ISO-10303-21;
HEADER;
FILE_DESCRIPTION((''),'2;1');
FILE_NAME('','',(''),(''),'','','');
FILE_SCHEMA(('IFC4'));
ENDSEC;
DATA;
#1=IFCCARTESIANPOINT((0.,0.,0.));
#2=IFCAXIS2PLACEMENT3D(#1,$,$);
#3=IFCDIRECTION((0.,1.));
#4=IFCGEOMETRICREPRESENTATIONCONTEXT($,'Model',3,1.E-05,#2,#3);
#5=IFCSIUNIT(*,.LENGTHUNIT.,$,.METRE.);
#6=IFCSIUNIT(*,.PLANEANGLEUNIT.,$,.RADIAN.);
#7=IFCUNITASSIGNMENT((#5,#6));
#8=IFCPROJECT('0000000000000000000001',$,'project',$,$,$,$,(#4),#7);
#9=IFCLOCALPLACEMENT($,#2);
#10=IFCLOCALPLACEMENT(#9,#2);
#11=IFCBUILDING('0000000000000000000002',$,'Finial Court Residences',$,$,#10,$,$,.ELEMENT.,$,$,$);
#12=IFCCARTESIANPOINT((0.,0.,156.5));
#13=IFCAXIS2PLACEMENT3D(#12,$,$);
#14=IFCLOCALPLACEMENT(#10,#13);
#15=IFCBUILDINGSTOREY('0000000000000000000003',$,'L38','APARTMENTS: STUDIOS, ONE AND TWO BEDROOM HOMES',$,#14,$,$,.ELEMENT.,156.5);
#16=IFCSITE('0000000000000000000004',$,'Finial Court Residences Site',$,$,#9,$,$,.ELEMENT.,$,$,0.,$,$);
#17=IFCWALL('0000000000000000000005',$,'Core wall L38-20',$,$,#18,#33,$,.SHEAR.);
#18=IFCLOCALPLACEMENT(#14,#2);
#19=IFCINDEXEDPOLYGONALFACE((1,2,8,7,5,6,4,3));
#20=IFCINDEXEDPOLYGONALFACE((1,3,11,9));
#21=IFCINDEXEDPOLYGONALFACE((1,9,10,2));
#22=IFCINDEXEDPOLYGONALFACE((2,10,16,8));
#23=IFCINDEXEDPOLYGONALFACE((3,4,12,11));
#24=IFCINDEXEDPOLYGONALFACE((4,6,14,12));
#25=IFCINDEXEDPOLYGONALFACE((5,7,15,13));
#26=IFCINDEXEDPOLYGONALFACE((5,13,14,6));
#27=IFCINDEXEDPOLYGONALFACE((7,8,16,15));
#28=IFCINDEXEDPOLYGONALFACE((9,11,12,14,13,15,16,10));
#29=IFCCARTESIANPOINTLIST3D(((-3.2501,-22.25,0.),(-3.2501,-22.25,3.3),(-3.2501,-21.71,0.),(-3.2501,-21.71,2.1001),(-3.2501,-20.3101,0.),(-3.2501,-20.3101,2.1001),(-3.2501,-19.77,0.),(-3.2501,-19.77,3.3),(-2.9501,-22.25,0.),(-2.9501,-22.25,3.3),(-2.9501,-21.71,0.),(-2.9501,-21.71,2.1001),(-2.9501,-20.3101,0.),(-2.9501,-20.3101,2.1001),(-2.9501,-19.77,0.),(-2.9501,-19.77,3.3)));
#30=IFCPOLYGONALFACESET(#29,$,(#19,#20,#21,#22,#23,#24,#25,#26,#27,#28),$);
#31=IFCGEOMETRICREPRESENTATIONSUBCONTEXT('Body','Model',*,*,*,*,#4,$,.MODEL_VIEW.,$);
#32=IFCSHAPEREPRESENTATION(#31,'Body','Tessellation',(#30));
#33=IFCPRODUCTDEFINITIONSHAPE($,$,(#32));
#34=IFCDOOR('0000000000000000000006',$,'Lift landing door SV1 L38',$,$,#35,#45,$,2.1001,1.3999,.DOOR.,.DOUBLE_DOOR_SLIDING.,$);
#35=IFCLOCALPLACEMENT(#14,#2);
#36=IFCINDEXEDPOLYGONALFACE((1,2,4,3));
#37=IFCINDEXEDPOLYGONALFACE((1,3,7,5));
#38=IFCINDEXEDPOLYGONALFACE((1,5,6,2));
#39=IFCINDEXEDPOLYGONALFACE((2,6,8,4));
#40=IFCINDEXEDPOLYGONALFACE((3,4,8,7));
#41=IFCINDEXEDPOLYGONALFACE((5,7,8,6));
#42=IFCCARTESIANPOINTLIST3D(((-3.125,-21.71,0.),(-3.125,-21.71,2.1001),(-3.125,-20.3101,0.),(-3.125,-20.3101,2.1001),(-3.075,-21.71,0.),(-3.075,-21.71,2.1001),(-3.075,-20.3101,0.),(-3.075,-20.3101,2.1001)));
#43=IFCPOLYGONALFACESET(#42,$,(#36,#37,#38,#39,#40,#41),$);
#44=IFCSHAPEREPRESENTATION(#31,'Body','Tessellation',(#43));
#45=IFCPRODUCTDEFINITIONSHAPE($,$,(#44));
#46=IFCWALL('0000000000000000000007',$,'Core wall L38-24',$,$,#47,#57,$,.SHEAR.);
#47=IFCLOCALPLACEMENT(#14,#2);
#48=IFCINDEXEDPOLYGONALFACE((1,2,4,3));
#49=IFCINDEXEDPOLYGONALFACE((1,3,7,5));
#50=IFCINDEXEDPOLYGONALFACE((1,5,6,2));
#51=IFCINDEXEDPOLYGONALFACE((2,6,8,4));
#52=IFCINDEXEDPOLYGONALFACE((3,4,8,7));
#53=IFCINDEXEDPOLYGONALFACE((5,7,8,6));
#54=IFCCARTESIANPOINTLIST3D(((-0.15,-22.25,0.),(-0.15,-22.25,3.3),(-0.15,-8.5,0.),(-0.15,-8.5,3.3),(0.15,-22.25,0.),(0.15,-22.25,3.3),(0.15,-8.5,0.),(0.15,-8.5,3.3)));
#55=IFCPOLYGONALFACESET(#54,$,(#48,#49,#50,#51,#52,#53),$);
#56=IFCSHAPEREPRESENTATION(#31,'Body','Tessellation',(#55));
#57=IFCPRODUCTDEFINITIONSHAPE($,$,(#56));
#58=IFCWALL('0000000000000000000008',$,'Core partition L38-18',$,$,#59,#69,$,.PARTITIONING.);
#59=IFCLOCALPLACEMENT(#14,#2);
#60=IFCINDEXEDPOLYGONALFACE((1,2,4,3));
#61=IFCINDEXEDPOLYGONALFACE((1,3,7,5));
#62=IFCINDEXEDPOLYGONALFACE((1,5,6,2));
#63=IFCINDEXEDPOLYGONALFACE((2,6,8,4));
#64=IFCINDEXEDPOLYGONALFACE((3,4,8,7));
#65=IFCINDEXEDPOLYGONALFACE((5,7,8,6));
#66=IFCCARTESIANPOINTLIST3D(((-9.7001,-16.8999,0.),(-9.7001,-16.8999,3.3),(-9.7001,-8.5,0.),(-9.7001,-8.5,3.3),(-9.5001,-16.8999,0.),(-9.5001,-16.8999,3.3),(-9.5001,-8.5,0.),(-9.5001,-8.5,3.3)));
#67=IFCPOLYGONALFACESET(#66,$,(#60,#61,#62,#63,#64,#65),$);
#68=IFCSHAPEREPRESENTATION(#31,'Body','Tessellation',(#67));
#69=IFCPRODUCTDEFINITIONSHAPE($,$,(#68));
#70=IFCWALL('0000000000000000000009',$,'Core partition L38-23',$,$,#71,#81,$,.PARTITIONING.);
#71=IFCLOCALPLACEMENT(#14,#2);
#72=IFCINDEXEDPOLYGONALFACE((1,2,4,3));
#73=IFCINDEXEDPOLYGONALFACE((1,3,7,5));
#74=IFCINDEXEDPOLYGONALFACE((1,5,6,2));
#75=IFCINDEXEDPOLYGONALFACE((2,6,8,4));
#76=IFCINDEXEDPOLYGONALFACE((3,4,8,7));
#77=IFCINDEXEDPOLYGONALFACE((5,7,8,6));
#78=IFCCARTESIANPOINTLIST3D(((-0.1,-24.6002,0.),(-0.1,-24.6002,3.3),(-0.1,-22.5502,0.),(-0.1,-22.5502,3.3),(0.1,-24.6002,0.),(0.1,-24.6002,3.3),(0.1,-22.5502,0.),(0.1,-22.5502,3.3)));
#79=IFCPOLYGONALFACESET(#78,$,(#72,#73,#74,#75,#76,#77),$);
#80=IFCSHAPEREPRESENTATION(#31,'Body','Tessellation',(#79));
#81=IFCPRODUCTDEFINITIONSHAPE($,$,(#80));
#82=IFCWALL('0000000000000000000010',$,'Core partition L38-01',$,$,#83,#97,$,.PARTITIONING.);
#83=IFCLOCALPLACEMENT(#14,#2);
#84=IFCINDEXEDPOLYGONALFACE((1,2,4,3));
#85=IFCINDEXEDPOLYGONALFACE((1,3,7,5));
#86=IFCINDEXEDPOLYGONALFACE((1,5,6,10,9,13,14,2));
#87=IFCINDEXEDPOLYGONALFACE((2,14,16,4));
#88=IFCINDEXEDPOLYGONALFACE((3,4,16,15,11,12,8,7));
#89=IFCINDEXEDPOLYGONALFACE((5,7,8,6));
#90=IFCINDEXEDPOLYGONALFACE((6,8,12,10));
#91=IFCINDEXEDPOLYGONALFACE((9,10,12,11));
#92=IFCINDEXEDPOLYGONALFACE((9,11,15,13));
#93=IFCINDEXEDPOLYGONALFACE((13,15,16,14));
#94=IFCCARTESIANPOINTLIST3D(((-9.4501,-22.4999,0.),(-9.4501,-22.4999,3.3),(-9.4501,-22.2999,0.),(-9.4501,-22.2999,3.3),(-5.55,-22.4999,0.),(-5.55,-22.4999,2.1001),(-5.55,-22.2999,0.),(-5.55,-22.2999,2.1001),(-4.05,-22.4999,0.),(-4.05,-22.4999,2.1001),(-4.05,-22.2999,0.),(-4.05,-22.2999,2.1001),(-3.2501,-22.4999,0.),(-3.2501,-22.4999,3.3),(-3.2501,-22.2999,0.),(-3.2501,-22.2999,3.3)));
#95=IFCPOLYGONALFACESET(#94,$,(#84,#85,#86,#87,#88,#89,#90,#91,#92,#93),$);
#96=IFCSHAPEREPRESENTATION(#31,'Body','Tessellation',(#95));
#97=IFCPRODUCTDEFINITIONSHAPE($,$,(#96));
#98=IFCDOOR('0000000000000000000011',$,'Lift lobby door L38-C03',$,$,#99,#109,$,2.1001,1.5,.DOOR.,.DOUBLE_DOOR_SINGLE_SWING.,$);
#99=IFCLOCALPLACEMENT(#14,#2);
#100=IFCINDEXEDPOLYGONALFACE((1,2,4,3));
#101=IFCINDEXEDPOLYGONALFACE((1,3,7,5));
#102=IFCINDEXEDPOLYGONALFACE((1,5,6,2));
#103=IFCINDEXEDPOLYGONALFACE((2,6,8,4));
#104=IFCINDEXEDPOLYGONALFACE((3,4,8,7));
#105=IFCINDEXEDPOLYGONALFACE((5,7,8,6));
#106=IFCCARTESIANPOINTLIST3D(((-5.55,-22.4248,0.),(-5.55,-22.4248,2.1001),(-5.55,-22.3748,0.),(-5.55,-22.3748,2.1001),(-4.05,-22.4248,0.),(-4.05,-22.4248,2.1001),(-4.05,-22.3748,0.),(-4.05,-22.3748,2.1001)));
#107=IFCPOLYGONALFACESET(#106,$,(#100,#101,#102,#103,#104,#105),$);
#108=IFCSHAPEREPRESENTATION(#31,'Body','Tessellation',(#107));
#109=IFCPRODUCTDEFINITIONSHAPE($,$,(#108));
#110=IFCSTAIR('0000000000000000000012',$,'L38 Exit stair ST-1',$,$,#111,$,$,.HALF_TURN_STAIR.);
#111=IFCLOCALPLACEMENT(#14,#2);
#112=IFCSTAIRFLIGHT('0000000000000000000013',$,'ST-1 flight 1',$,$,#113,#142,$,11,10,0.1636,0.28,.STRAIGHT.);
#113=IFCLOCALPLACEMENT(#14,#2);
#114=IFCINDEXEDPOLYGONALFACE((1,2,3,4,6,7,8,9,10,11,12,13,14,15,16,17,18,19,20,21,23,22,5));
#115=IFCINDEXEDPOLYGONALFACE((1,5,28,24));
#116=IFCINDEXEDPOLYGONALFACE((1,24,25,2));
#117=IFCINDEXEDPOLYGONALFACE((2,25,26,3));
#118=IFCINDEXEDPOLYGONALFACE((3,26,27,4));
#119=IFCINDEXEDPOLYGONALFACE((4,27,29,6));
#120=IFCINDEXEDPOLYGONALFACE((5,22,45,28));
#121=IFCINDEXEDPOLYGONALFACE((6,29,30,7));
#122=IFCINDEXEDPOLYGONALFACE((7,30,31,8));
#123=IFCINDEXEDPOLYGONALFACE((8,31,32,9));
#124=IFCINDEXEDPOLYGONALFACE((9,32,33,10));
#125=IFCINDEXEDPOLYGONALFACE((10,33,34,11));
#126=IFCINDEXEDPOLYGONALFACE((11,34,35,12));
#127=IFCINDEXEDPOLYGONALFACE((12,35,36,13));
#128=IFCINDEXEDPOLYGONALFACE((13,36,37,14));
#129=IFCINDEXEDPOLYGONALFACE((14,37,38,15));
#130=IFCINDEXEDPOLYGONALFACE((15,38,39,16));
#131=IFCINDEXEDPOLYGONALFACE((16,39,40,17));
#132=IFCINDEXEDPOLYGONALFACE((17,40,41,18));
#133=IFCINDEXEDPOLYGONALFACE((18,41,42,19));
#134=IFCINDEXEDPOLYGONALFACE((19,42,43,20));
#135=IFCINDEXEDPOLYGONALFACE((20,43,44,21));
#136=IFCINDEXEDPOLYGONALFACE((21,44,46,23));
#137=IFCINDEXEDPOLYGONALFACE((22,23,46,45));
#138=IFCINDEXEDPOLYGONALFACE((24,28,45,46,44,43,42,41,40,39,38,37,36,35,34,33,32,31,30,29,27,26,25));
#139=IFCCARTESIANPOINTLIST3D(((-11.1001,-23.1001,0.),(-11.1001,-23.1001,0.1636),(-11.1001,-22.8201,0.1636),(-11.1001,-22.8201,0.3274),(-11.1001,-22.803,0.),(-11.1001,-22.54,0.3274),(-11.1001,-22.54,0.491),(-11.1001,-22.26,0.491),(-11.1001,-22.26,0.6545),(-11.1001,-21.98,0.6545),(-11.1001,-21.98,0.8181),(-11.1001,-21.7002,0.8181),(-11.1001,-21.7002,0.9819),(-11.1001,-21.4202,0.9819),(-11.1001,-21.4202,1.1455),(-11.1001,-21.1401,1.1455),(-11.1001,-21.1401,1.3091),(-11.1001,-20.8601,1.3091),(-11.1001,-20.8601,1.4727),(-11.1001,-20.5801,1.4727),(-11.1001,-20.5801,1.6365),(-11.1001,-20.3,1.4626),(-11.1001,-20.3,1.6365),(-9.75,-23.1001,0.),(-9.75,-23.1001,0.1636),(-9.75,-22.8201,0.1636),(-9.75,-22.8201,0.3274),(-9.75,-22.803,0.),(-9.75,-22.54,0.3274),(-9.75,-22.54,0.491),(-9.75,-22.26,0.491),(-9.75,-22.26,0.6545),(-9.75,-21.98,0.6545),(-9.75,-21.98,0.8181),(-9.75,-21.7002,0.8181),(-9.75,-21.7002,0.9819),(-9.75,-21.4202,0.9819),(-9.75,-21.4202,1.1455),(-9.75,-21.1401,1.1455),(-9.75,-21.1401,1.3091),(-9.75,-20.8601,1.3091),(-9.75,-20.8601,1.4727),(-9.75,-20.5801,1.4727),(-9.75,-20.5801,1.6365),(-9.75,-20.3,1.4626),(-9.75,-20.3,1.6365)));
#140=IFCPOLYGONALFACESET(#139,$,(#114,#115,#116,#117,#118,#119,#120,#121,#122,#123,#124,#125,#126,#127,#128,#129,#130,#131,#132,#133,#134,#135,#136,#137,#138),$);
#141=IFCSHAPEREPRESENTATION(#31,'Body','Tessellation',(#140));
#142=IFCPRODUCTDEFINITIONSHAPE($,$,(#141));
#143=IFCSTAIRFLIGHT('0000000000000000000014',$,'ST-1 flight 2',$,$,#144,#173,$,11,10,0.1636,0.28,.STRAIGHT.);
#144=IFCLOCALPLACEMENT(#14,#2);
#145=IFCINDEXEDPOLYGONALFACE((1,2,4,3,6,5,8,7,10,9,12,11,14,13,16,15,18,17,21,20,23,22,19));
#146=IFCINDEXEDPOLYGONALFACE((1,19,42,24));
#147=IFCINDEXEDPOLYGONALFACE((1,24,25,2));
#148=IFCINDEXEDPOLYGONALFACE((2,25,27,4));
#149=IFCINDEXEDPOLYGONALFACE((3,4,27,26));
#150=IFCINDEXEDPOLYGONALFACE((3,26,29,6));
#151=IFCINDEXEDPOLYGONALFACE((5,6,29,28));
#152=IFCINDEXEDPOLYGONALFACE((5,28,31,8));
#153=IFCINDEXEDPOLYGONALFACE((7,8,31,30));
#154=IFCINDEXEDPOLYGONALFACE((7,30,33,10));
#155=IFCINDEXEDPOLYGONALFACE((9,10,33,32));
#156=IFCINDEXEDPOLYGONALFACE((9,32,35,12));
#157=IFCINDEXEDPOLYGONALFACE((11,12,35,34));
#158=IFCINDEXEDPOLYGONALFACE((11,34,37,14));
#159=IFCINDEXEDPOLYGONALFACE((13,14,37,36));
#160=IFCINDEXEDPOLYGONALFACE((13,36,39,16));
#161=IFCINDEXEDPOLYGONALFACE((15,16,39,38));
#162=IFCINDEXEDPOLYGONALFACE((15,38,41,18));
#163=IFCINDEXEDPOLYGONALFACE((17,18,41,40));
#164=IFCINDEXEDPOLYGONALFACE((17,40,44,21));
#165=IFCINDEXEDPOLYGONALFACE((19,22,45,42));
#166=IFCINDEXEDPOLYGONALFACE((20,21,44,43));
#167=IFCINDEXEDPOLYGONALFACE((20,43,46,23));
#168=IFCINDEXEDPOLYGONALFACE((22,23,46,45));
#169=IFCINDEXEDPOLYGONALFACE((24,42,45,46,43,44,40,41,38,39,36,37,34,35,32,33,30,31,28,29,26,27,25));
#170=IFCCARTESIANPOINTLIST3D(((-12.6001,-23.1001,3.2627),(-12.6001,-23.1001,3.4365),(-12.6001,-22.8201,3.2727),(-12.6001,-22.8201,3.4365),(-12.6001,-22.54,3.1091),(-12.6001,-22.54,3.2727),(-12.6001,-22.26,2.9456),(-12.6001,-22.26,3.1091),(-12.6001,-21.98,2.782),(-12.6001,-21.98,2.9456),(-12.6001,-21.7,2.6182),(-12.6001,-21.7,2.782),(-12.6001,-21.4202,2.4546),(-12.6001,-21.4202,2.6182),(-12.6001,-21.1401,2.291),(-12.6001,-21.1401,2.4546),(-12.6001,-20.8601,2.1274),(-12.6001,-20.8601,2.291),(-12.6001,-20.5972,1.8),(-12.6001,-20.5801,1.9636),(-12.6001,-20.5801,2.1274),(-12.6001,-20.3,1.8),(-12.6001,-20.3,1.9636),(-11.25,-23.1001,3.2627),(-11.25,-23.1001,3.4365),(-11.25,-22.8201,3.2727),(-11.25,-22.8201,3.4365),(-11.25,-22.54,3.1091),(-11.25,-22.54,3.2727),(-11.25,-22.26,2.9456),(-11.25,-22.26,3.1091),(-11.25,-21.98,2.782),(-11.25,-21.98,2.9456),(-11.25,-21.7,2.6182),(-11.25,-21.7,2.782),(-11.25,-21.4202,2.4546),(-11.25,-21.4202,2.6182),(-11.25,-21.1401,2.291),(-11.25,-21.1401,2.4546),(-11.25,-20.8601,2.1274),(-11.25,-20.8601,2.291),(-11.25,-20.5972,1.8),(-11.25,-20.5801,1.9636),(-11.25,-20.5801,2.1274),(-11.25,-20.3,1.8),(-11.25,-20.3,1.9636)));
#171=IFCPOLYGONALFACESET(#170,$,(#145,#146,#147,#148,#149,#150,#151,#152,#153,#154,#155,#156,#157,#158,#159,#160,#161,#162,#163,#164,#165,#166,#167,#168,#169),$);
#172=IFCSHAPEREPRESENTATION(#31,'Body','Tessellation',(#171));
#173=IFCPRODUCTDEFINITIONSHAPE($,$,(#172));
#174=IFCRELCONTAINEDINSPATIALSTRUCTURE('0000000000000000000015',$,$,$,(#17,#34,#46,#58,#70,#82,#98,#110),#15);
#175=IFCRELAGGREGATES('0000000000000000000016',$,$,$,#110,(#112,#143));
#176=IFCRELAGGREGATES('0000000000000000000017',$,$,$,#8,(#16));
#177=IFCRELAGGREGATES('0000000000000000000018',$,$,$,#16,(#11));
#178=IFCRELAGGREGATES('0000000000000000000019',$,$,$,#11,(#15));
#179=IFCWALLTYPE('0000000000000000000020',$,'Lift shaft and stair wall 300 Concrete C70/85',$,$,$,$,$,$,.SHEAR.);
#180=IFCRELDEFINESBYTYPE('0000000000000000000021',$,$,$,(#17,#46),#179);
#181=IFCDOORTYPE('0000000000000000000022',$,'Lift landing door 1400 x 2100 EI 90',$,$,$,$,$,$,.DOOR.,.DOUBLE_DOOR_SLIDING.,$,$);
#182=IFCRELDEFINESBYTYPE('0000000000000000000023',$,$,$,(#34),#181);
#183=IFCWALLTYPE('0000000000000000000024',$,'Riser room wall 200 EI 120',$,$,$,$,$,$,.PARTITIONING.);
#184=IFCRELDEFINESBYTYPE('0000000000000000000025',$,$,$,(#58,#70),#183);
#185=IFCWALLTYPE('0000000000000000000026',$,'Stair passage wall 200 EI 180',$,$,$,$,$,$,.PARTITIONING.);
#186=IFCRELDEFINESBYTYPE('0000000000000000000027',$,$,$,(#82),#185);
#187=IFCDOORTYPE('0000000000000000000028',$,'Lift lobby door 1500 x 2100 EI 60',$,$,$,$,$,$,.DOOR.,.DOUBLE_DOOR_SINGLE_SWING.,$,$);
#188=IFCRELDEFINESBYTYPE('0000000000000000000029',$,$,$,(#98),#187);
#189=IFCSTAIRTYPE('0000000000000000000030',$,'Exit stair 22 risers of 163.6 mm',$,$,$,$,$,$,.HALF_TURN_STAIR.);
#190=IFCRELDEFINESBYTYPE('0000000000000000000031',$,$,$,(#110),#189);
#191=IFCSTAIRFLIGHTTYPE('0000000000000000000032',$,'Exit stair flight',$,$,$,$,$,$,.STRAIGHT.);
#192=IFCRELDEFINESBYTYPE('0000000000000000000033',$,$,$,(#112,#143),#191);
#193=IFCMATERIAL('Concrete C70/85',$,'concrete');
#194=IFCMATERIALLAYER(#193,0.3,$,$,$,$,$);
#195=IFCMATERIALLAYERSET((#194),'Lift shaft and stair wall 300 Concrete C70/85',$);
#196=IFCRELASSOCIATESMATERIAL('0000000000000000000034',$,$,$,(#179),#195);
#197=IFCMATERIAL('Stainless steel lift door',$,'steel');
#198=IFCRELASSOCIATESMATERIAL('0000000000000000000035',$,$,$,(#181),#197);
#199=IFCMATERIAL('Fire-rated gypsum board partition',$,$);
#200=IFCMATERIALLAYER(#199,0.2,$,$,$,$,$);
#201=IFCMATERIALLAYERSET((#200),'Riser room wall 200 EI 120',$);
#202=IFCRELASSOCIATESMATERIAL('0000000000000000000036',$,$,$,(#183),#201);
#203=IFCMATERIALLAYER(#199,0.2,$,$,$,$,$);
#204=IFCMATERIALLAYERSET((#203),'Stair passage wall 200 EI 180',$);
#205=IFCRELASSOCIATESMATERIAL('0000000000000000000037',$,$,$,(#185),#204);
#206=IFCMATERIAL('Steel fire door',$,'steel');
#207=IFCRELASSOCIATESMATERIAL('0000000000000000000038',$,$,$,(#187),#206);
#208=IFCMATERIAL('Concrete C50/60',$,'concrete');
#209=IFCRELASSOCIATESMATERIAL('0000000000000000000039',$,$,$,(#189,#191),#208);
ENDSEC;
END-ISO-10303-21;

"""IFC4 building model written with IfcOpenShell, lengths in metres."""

from ifc_helpers import new_model, si_unit, direction, frame, frame_2d, origin, place, context, subcontext, project, spatial, polyline, rectangle, outline, extrude, material, layer, layer_set, type_object, element, fill, aggregate, save


model = new_model("IFC4")

# Units and contexts
model_context = context("Model", 3, precision=1e-05, world=origin(), true_north=direction((0.0, 1.0)))
body_context = subcontext(model_context, "Body", "Model", "MODEL_VIEW")
ifc_project = project(units=[si_unit("LENGTHUNIT", "METRE"), si_unit("PLANEANGLEUNIT", "RADIAN")], contexts=[model_context])

# Site, building, storey
site_placement = place(None, origin())
site = spatial("IfcSite", under=ifc_project, at=site_placement, Name="Finial Court Residences Site", CompositionType="ELEMENT", RefElevation=0.0)
building_placement = place(site_placement, origin())
building = spatial("IfcBuilding", under=site, at=building_placement, Name="Finial Court Residences", CompositionType="ELEMENT")
storey_placement = place(building_placement, frame((0.0, 0.0, 156.5)))
storey = spatial("IfcBuildingStorey", under=building, at=storey_placement, Name="L38", Description="APARTMENTS: STUDIOS, ONE AND TWO BEDROOM HOMES", CompositionType="ELEMENT", Elevation=156.5)

# Shared definitions
ifc_material_1 = material(Name="Concrete C70/85", Category="concrete")
ifc_material_2 = material(Name="Fire-rated gypsum board partition")

# Shared definitions
ifc_material_3 = material(Name="Steel fire door", Category="steel")

# Shared definitions
ifc_layer_1 = layer(ifc_material_1, 0.3)
ifc_layer_set_1 = layer_set([ifc_layer_1], Name="Lift shaft and stair wall 300 Concrete C70/85")
wall_type_1 = type_object("IfcWallType", Name="Lift shaft and stair wall 300 Concrete C70/85", PredefinedType="SHEAR", material=ifc_layer_set_1)

# Wall, opening, door
wall_1_placement = place(storey_placement, frame((-3.1001, -22.25, 0.0), z_axis=(0.0, 0.0, 1.0), x_axis=(0.0, 1.0, 0.0)))
wall_1 = element("IfcWall", 1, at=wall_1_placement, inside=storey, type_object=wall_type_1, Name="Core wall L38-20", PredefinedType="SHEAR", context=body_context, shape_type="SweptSolid", body=[
    extrude(rectangle(XDim=2.48, YDim=0.3, at=frame_2d((1.24, 0.0))), origin(), (0.0, 0.0, 1.0), 3.3),
])
opening_1_placement = place(wall_1_placement, frame((0.54, 0.0, 0.0)))
opening_1 = element("IfcOpeningElement", 2, at=opening_1_placement, cuts=wall_1, PredefinedType="OPENING", context=body_context, shape_type="SweptSolid", body=[
    extrude(rectangle(XDim=1.3999, YDim=2.1001, at=frame_2d((0.7, 1.05))), frame((0.0, 0.1599, 0.0), z_axis=(0.0, -1.0, 0.0), x_axis=(1.0, 0.0, 0.0)), (0.0, 0.0, 1.0), 0.3201),
])
ifc_material_4 = material(Name="Stainless steel lift door", Category="steel")
door_type_1 = type_object("IfcDoorType", Name="Lift landing door 1400 x 2100 EI 90", OperationType="DOUBLE_DOOR_SLIDING", PredefinedType="DOOR", material=ifc_material_4)
door_1_placement = place(opening_1_placement, origin())
door_1 = element("IfcDoor", 3, at=door_1_placement, inside=storey, type_object=door_type_1, Name="Lift landing door SV1 L38", OperationType="DOUBLE_DOOR_SLIDING", OverallHeight=2.1001, OverallWidth=1.3999, PredefinedType="DOOR", context=body_context, shape_type="SweptSolid", body=[
    extrude(rectangle(XDim=1.3999, YDim=2.1001, at=frame_2d((0.7, 1.05))), frame((0.0, 0.0249, 0.0), z_axis=(0.0, -1.0, 0.0), x_axis=(1.0, 0.0, 0.0)), (0.0, 0.0, 1.0), 0.05),
])
fill(opening_1, door_1)

# Walls
wall_2_placement = place(storey_placement, frame((0.0, -22.25, 0.0), z_axis=(0.0, 0.0, 1.0), x_axis=(0.0, 1.0, 0.0)))
element("IfcWall", 4, at=wall_2_placement, inside=storey, type_object=wall_type_1, Name="Core wall L38-24", PredefinedType="SHEAR", context=body_context, shape_type="SweptSolid", body=[
    extrude(rectangle(XDim=13.75, YDim=0.3, at=frame_2d((6.875, 0.0))), origin(), (0.0, 0.0, 1.0), 3.3),
])
ifc_layer_2 = layer(ifc_material_2, 0.2)
ifc_layer_set_2 = layer_set([ifc_layer_2], Name="Riser room wall 200 EI 120")
wall_type_2 = type_object("IfcWallType", Name="Riser room wall 200 EI 120", PredefinedType="PARTITIONING", material=ifc_layer_set_2)
wall_3_placement = place(storey_placement, frame((-9.6001, -16.8999, 0.0), z_axis=(0.0, 0.0, 1.0), x_axis=(0.0, 1.0, 0.0)))
element("IfcWall", 5, at=wall_3_placement, inside=storey, type_object=wall_type_2, Name="Core partition L38-18", PredefinedType="PARTITIONING", context=body_context, shape_type="SweptSolid", body=[
    extrude(rectangle(XDim=8.3999, YDim=0.2, at=frame_2d((4.2, 0.0))), origin(), (0.0, 0.0, 1.0), 3.3),
])
wall_4_placement = place(storey_placement, frame((0.0, -24.6001, 0.0), z_axis=(0.0, 0.0, 1.0), x_axis=(0.0, 1.0, 0.0)))
element("IfcWall", 6, at=wall_4_placement, inside=storey, type_object=wall_type_2, Name="Core partition L38-23", PredefinedType="PARTITIONING", context=body_context, shape_type="SweptSolid", body=[
    extrude(rectangle(XDim=2.05, YDim=0.2, at=frame_2d((1.0249, 0.0))), origin(), (0.0, 0.0, 1.0), 3.3),
])

# Wall, opening, door
ifc_layer_3 = layer(ifc_material_2, 0.2)
ifc_layer_set_3 = layer_set([ifc_layer_3], Name="Stair passage wall 200 EI 180")
wall_type_3 = type_object("IfcWallType", Name="Stair passage wall 200 EI 180", PredefinedType="PARTITIONING", material=ifc_layer_set_3)
wall_5_placement = place(storey_placement, frame((-3.25, -22.3999, 0.0), z_axis=(0.0, 0.0, 1.0), x_axis=(-1.0, 0.0, 0.0)))
wall_5 = element("IfcWall", 7, at=wall_5_placement, inside=storey, type_object=wall_type_3, Name="Core partition L38-01", PredefinedType="PARTITIONING", context=body_context, shape_type="SweptSolid", body=[
    extrude(rectangle(XDim=6.2, YDim=0.2, at=frame_2d((3.1001, 0.0))), origin(), (0.0, 0.0, 1.0), 3.3),
])
opening_2_placement = place(wall_5_placement, frame((0.8, 0.0, 0.0)))
opening_2 = element("IfcOpeningElement", 8, at=opening_2_placement, cuts=wall_5, PredefinedType="OPENING", context=body_context, shape_type="SweptSolid", body=[
    extrude(rectangle(XDim=1.5, YDim=2.1001, at=frame_2d((0.75, 1.05))), frame((0.0, 0.1099, 0.0), z_axis=(0.0, -1.0, 0.0), x_axis=(1.0, 0.0, 0.0)), (0.0, 0.0, 1.0), 0.22),
])
door_type_2 = type_object("IfcDoorType", Name="Lift lobby door 1500 x 2100 EI 60", OperationType="DOUBLE_DOOR_SINGLE_SWING", PredefinedType="DOOR", material=ifc_material_3)
door_2_placement = place(opening_2_placement, origin())
door_2 = element("IfcDoor", 9, at=door_2_placement, inside=storey, type_object=door_type_2, Name="Lift lobby door L38-C03", OperationType="DOUBLE_DOOR_SINGLE_SWING", OverallHeight=2.1001, OverallWidth=1.5, PredefinedType="DOOR", context=body_context, shape_type="SweptSolid", body=[
    extrude(rectangle(XDim=1.5, YDim=2.1001, at=frame_2d((0.75, 1.05))), frame((0.0, 0.0249, 0.0), z_axis=(0.0, -1.0, 0.0), x_axis=(1.0, 0.0, 0.0)), (0.0, 0.0, 1.0), 0.05),
])
fill(opening_2, door_2)

# Stair, stair flights
ifc_material_5 = material(Name="Concrete C50/60", Category="concrete")
stair_type = type_object("IfcStairType", Name="Exit stair 22 risers of 163.6 mm", PredefinedType="HALF_TURN_STAIR", material=ifc_material_5)
stair_placement = place(storey_placement, origin())
stair = element("IfcStair", 10, at=stair_placement, inside=storey, type_object=stair_type, Name="L38 Exit stair ST-1", PredefinedType="HALF_TURN_STAIR")
stair_flight_type = type_object("IfcStairFlightType", Name="Exit stair flight", PredefinedType="STRAIGHT", material=ifc_material_5)
stair_flight_1_placement = place(storey_placement, frame((-10.425, -23.1001, 0.0), z_axis=(0.0, 0.0, 1.0), x_axis=(0.0, 1.0, 0.0)))
stair_flight_1 = element("IfcStairFlight", 11, at=stair_flight_1_placement, type_object=stair_flight_type, Name="ST-1 flight 1", NumberOfRisers=11, NumberOfTreads=10, PredefinedType="STRAIGHT", RiserHeight=0.1636, TreadLength=0.28, context=body_context, shape_type="SweptSolid", body=[
    extrude(outline(polyline([(0.0, 0.0), (0.0, 0.1636), (0.28, 0.1636), (0.28, 0.3274), (0.5601, 0.3274), (0.5601, 0.491), (0.8401, 0.491), (0.8401, 0.6545), (1.1201, 0.6545), (1.1201, 0.8181), (1.3999, 0.8181), (1.3999, 0.9819), (1.6799, 0.9819), (1.6799, 1.1455), (1.96, 1.1455), (1.96, 1.3091), (2.24, 1.3091), (2.24, 1.4727), (2.52, 1.4727), (2.52, 1.6365), (2.8, 1.6365), (2.8, 1.8), (2.8, 1.4626), (0.2971, 0.0), (0.0, 0.0)])), frame((0.0, 0.675, 0.0), z_axis=(0.0, -1.0, 0.0), x_axis=(1.0, 0.0, 0.0)), (0.0, 0.0, 1.0), 1.3501),
])
stair_flight_2_placement = place(storey_placement, frame((-11.925, -20.3, 1.8), z_axis=(0.0, 0.0, 1.0), x_axis=(0.0, -1.0, 0.0)))
stair_flight_2 = element("IfcStairFlight", 12, at=stair_flight_2_placement, type_object=stair_flight_type, Name="ST-1 flight 2", NumberOfRisers=11, NumberOfTreads=10, PredefinedType="STRAIGHT", RiserHeight=0.1636, TreadLength=0.28, context=body_context, shape_type="SweptSolid", body=[
    extrude(outline(polyline([(0.0, 0.0), (0.0, 0.1636), (0.28, 0.1636), (0.28, 0.3274), (0.5601, 0.3274), (0.5601, 0.491), (0.8401, 0.491), (0.8401, 0.6545), (1.1201, 0.6545), (1.1201, 0.8181), (1.3999, 0.8181), (1.3999, 0.9819), (1.6799, 0.9819), (1.6799, 1.1455), (1.96, 1.1455), (1.96, 1.3091), (2.24, 1.3091), (2.24, 1.4727), (2.52, 1.4727), (2.52, 1.6365), (2.8, 1.6365), (2.8, 1.8), (2.8, 1.4626), (0.2971, 0.0), (0.0, 0.0)])), frame((0.0, 0.675, 0.0), z_axis=(0.0, -1.0, 0.0), x_axis=(1.0, 0.0, 0.0)), (0.0, 0.0, 1.0), 1.3501),
])
aggregate(stair, [stair_flight_1, stair_flight_2])

save(model, "model.ifc")
